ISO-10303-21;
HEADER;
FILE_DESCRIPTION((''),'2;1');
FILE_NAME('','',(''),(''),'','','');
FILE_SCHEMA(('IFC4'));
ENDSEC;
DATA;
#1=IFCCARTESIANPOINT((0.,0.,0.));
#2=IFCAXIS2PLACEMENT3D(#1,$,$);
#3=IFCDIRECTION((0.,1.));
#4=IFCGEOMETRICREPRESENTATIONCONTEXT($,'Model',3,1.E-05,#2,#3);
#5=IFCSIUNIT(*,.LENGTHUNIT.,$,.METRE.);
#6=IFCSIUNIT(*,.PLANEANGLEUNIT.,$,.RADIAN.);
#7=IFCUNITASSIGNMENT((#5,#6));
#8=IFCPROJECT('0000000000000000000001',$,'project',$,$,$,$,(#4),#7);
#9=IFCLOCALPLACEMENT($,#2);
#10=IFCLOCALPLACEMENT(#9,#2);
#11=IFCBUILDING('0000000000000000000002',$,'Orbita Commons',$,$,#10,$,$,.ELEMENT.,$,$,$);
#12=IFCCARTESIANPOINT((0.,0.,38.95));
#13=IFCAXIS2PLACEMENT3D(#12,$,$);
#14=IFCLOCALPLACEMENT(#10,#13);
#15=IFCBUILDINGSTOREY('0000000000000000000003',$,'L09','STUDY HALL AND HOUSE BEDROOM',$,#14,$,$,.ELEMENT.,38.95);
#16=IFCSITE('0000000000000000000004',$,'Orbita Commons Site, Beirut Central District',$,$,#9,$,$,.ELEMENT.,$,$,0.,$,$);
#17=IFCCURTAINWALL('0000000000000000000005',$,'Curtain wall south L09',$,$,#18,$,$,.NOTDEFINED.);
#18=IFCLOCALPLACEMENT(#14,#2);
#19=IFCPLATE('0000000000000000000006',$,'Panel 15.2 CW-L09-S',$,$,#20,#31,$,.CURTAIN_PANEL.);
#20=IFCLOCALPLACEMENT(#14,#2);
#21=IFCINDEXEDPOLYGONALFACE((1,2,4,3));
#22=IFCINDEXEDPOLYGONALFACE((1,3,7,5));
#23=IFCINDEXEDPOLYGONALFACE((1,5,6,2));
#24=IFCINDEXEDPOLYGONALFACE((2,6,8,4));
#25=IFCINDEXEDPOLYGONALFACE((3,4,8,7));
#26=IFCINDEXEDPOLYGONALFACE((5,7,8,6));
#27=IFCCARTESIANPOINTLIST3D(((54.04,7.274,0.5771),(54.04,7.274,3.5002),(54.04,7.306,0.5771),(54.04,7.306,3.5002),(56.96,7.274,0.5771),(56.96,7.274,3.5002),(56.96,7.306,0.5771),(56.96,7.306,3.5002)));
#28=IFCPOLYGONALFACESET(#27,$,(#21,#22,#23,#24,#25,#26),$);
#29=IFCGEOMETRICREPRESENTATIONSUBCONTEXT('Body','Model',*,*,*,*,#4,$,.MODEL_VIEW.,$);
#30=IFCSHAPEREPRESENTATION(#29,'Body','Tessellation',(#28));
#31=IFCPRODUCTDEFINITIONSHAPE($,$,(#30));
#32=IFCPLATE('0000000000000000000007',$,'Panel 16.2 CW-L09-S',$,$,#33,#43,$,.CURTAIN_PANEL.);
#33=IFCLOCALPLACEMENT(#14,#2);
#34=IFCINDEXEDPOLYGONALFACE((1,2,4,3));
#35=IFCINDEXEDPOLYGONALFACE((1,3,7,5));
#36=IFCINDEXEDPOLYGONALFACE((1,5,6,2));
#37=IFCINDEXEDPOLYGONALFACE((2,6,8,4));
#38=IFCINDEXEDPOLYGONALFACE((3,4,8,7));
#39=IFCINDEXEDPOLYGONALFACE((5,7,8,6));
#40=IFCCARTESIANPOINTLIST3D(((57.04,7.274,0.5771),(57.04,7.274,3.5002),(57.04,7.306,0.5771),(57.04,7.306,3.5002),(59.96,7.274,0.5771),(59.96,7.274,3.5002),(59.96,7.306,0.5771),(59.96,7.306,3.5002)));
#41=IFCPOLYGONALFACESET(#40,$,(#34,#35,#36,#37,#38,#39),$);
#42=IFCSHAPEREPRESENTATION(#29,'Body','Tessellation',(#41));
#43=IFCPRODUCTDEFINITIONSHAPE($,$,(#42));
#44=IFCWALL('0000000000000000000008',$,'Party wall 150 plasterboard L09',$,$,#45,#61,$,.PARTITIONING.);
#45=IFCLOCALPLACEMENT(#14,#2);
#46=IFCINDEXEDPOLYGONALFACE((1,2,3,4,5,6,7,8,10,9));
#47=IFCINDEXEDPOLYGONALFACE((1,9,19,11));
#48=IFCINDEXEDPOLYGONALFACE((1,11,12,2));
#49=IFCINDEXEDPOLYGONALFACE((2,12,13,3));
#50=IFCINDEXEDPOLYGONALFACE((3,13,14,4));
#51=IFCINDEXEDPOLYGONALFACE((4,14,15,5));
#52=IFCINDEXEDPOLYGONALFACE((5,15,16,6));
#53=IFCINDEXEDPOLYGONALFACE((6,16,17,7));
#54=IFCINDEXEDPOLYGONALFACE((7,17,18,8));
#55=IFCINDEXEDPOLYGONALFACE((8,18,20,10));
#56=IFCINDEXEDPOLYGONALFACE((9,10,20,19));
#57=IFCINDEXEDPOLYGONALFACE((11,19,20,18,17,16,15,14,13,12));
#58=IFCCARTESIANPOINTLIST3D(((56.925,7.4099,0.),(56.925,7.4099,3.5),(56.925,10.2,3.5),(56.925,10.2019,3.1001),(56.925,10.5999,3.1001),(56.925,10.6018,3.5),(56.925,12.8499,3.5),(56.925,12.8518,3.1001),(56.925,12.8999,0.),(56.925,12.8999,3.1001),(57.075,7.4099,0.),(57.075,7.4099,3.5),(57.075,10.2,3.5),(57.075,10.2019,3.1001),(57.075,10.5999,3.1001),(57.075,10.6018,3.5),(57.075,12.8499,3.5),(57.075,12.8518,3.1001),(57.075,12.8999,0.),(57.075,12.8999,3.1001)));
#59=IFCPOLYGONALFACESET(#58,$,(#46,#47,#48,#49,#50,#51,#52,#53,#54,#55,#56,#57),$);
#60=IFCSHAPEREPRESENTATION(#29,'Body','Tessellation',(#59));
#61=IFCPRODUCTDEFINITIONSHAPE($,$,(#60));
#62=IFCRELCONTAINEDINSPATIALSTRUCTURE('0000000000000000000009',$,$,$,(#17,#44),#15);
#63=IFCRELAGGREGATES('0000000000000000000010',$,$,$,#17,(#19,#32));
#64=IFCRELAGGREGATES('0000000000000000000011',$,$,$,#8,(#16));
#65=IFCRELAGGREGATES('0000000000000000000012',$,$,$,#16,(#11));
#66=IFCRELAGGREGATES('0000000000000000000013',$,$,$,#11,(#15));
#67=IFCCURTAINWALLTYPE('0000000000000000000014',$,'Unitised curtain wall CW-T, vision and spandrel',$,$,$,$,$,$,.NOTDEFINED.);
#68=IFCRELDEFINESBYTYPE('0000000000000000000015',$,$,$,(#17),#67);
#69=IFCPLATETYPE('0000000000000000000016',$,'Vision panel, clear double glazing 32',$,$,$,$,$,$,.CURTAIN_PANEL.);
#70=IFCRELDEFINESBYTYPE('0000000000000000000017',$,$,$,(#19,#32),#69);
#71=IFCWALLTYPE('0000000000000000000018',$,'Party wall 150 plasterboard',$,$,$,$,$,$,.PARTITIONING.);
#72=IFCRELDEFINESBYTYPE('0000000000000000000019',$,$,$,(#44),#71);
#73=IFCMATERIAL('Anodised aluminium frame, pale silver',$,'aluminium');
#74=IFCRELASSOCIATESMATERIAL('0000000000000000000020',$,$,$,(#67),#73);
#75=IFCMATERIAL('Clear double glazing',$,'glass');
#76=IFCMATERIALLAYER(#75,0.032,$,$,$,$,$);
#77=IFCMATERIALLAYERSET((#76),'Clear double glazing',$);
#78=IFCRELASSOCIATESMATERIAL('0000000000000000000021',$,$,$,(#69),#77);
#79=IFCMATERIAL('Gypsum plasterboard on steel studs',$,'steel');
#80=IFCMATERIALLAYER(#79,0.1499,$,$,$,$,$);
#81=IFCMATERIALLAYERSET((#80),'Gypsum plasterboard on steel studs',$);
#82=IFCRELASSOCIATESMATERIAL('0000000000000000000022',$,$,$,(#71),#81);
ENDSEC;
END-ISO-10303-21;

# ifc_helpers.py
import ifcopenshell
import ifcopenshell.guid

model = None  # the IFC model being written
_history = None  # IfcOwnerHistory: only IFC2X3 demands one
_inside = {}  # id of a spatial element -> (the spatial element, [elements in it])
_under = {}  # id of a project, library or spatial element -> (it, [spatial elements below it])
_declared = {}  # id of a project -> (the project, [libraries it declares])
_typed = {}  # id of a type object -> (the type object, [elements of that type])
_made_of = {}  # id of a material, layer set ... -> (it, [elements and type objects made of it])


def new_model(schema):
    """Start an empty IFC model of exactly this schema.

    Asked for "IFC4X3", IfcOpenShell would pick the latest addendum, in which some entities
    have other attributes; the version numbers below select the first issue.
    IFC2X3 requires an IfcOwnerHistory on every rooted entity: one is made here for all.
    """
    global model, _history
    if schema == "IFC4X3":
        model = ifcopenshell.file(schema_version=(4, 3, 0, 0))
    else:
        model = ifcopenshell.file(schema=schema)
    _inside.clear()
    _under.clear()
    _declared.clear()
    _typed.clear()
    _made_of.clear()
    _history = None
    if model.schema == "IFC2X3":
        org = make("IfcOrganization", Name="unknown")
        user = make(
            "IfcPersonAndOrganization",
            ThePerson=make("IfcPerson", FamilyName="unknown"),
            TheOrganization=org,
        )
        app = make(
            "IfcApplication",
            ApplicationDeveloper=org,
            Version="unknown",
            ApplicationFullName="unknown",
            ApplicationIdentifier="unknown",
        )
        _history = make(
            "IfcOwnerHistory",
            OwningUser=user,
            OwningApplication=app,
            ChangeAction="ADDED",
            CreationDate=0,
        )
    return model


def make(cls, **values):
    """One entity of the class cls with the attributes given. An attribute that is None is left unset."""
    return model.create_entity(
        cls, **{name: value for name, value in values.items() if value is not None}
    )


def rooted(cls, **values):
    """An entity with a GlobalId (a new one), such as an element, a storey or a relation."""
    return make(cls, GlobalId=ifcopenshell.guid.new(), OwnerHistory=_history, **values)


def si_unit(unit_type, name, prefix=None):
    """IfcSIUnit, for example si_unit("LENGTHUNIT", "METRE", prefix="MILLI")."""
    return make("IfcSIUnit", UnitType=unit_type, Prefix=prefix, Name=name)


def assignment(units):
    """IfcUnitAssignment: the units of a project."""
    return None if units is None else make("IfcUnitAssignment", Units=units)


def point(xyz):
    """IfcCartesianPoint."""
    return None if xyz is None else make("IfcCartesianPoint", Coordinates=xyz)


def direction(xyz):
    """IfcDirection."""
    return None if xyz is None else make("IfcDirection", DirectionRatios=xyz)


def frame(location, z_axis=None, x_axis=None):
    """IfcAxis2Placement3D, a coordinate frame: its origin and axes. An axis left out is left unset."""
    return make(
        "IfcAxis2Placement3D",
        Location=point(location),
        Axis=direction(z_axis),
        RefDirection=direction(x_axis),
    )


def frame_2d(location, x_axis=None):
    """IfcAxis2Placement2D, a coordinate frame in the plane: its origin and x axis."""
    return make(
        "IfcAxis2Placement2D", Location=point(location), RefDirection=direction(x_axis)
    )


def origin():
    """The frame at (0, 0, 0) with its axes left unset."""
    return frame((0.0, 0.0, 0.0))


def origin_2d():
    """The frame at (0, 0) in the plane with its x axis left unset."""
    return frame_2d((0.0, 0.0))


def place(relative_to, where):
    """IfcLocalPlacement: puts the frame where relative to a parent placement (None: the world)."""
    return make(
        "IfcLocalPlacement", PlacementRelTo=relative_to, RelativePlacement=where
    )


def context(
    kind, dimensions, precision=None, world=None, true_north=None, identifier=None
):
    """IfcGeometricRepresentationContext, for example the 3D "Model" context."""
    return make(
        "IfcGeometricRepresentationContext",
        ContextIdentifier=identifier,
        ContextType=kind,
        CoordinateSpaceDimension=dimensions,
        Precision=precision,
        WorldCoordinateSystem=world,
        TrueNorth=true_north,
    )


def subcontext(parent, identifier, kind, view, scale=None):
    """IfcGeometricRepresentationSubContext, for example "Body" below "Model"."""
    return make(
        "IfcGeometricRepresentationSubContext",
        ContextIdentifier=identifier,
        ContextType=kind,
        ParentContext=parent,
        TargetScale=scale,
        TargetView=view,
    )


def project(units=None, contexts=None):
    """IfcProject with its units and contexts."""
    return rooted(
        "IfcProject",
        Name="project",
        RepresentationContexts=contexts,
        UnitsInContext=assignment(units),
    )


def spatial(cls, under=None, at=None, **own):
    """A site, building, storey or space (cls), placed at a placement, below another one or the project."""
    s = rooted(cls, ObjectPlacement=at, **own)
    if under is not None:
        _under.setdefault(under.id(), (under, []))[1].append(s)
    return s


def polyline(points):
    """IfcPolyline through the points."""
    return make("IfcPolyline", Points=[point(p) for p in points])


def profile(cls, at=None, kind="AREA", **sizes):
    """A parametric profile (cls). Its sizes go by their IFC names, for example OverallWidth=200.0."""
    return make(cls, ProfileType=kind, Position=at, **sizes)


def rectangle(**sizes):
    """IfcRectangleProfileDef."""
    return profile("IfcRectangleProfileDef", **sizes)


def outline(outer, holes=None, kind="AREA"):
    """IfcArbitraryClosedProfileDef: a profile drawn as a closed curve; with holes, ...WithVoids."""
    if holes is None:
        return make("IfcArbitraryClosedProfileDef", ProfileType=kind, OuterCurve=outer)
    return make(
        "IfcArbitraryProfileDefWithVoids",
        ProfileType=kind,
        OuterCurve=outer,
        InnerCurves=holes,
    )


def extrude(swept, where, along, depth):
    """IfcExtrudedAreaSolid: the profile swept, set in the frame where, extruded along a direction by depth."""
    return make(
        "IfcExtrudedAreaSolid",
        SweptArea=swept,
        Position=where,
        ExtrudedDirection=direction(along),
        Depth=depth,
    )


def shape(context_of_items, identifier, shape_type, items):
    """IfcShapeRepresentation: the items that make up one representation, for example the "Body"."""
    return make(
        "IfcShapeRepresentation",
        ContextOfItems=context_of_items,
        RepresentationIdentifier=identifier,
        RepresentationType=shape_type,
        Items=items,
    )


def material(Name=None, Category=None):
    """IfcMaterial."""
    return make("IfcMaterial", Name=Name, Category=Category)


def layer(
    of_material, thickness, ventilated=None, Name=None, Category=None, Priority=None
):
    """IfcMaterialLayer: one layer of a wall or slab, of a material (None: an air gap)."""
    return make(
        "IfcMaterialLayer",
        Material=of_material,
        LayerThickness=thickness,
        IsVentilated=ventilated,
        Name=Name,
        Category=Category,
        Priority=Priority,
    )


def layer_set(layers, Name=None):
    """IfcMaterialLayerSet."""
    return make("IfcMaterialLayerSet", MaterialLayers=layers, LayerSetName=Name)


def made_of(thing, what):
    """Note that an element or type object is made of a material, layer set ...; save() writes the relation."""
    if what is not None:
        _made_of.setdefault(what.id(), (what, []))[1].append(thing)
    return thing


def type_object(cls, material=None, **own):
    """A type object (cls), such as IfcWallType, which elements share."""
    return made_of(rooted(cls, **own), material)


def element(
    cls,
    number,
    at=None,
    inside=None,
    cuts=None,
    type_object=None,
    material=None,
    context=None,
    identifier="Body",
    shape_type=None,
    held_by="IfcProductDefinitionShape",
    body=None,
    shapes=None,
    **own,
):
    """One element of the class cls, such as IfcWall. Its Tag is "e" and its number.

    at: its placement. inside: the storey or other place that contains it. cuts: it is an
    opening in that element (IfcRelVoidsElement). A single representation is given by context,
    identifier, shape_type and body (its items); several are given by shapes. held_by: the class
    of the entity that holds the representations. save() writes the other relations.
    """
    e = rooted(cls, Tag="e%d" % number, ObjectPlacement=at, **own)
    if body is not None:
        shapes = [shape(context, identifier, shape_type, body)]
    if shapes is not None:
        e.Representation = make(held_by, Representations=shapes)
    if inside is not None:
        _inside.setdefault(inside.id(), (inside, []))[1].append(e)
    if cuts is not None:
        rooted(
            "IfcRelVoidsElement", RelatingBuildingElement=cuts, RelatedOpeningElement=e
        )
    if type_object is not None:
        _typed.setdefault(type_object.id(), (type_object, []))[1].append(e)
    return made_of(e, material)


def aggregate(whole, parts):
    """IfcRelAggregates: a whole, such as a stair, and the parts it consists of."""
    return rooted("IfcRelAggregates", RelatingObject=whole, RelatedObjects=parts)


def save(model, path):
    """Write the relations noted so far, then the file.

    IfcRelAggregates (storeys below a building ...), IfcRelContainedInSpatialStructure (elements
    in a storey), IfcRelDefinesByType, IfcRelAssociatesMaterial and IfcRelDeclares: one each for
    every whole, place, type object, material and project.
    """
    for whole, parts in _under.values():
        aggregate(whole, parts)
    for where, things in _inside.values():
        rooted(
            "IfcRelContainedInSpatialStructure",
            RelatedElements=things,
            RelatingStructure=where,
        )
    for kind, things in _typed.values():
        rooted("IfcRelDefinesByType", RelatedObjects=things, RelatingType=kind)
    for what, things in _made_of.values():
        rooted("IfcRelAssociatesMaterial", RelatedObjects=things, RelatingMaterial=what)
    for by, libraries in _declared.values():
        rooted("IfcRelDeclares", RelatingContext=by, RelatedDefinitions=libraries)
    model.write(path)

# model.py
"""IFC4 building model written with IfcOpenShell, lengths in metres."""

from ifc_helpers import new_model, si_unit, direction, frame, origin, origin_2d, place, context, subcontext, project, spatial, polyline, rectangle, outline, extrude, material, layer, layer_set, type_object, element, aggregate, save


model = new_model("IFC4")

# Units and contexts
model_context = context("Model", 3, precision=1e-05, world=origin(), true_north=direction((0.0, 1.0)))
body_context = subcontext(model_context, "Body", "Model", "MODEL_VIEW")
ifc_project = project(units=[si_unit("LENGTHUNIT", "METRE"), si_unit("PLANEANGLEUNIT", "RADIAN")], contexts=[model_context])

# Site, building, storey
site_placement = place(None, origin())
site = spatial("IfcSite", under=ifc_project, at=site_placement, Name="Orbita Commons Site, Beirut Central District", CompositionType="ELEMENT", RefElevation=0.0)
building_placement = place(site_placement, origin())
building = spatial("IfcBuilding", under=site, at=building_placement, Name="Orbita Commons", CompositionType="ELEMENT")
storey_placement = place(building_placement, frame((0.0, 0.0, 38.95)))
storey = spatial("IfcBuildingStorey", under=building, at=storey_placement, Name="L09", Description="STUDY HALL AND HOUSE BEDROOM", CompositionType="ELEMENT", Elevation=38.95)

# Curtain wall, plates
ifc_material_1 = material(Name="Anodised aluminium frame, pale silver", Category="aluminium")
curtain_wall_type = type_object("IfcCurtainWallType", Name="Unitised curtain wall CW-T, vision and spandrel", PredefinedType="NOTDEFINED", material=ifc_material_1)
curtain_wall_placement = place(storey_placement, origin())
curtain_wall = element("IfcCurtainWall", 1, at=curtain_wall_placement, inside=storey, type_object=curtain_wall_type, Name="Curtain wall south L09", PredefinedType="NOTDEFINED")
ifc_material_2 = material(Name="Clear double glazing", Category="glass")
ifc_layer_1 = layer(ifc_material_2, 0.032)
ifc_layer_set_1 = layer_set([ifc_layer_1], Name="Clear double glazing")
plate_type_1 = type_object("IfcPlateType", Name="Vision panel, clear double glazing 32", PredefinedType="CURTAIN_PANEL", material=ifc_layer_set_1)
plate_1_placement = place(storey_placement, frame((55.5, 7.29, 0.5771), z_axis=(0.0, 0.0, 1.0), x_axis=(1.0, 0.0, 0.0)))
plate_1 = element("IfcPlate", 2, at=plate_1_placement, type_object=plate_type_1, Name="Panel 15.2 CW-L09-S", PredefinedType="CURTAIN_PANEL", context=body_context, shape_type="SweptSolid", body=[
    extrude(rectangle(XDim=2.9199, YDim=0.032, at=origin_2d()), origin(), (0.0, 0.0, 1.0), 2.9231),
])
plate_2_placement = place(storey_placement, frame((58.5, 7.29, 0.5771), z_axis=(0.0, 0.0, 1.0), x_axis=(1.0, 0.0, 0.0)))
plate_2 = element("IfcPlate", 3, at=plate_2_placement, type_object=plate_type_1, Name="Panel 16.2 CW-L09-S", PredefinedType="CURTAIN_PANEL", context=body_context, shape_type="SweptSolid", body=[
    extrude(rectangle(XDim=2.9199, YDim=0.032, at=origin_2d()), origin(), (0.0, 0.0, 1.0), 2.9231),
])
aggregate(curtain_wall, [plate_1, plate_2])

# Wall
ifc_material_3 = material(Name="Gypsum plasterboard on steel studs", Category="steel")
ifc_layer_2 = layer(ifc_material_3, 0.1499)
ifc_layer_set_2 = layer_set([ifc_layer_2], Name="Gypsum plasterboard on steel studs")
wall_type = type_object("IfcWallType", Name="Party wall 150 plasterboard", PredefinedType="PARTITIONING", material=ifc_layer_set_2)
wall_placement = place(storey_placement, frame((57.0, 7.4099, 0.0), z_axis=(0.0, 0.0, 1.0), x_axis=(0.0, 1.0, 0.0)))
element("IfcWall", 4, at=wall_placement, inside=storey, type_object=wall_type, Name="Party wall 150 plasterboard L09", PredefinedType="PARTITIONING", context=body_context, shape_type="SweptSolid", body=[
    extrude(outline(polyline([(0.0, 0.0), (5.49, 0.0), (5.49, 3.1001), (5.4419, 3.1001), (5.4399, 3.5), (3.1919, 3.5), (3.1899, 3.1001), (2.792, 3.1001), (2.79, 3.5), (0.0, 3.5), (0.0, 0.0)])), frame((0.0, 0.075, 0.0), z_axis=(0.0, -1.0, 0.0), x_axis=(1.0, 0.0, 0.0)), (0.0, 0.0, 1.0), 0.1499),
])

save(model, "model.ifc")
